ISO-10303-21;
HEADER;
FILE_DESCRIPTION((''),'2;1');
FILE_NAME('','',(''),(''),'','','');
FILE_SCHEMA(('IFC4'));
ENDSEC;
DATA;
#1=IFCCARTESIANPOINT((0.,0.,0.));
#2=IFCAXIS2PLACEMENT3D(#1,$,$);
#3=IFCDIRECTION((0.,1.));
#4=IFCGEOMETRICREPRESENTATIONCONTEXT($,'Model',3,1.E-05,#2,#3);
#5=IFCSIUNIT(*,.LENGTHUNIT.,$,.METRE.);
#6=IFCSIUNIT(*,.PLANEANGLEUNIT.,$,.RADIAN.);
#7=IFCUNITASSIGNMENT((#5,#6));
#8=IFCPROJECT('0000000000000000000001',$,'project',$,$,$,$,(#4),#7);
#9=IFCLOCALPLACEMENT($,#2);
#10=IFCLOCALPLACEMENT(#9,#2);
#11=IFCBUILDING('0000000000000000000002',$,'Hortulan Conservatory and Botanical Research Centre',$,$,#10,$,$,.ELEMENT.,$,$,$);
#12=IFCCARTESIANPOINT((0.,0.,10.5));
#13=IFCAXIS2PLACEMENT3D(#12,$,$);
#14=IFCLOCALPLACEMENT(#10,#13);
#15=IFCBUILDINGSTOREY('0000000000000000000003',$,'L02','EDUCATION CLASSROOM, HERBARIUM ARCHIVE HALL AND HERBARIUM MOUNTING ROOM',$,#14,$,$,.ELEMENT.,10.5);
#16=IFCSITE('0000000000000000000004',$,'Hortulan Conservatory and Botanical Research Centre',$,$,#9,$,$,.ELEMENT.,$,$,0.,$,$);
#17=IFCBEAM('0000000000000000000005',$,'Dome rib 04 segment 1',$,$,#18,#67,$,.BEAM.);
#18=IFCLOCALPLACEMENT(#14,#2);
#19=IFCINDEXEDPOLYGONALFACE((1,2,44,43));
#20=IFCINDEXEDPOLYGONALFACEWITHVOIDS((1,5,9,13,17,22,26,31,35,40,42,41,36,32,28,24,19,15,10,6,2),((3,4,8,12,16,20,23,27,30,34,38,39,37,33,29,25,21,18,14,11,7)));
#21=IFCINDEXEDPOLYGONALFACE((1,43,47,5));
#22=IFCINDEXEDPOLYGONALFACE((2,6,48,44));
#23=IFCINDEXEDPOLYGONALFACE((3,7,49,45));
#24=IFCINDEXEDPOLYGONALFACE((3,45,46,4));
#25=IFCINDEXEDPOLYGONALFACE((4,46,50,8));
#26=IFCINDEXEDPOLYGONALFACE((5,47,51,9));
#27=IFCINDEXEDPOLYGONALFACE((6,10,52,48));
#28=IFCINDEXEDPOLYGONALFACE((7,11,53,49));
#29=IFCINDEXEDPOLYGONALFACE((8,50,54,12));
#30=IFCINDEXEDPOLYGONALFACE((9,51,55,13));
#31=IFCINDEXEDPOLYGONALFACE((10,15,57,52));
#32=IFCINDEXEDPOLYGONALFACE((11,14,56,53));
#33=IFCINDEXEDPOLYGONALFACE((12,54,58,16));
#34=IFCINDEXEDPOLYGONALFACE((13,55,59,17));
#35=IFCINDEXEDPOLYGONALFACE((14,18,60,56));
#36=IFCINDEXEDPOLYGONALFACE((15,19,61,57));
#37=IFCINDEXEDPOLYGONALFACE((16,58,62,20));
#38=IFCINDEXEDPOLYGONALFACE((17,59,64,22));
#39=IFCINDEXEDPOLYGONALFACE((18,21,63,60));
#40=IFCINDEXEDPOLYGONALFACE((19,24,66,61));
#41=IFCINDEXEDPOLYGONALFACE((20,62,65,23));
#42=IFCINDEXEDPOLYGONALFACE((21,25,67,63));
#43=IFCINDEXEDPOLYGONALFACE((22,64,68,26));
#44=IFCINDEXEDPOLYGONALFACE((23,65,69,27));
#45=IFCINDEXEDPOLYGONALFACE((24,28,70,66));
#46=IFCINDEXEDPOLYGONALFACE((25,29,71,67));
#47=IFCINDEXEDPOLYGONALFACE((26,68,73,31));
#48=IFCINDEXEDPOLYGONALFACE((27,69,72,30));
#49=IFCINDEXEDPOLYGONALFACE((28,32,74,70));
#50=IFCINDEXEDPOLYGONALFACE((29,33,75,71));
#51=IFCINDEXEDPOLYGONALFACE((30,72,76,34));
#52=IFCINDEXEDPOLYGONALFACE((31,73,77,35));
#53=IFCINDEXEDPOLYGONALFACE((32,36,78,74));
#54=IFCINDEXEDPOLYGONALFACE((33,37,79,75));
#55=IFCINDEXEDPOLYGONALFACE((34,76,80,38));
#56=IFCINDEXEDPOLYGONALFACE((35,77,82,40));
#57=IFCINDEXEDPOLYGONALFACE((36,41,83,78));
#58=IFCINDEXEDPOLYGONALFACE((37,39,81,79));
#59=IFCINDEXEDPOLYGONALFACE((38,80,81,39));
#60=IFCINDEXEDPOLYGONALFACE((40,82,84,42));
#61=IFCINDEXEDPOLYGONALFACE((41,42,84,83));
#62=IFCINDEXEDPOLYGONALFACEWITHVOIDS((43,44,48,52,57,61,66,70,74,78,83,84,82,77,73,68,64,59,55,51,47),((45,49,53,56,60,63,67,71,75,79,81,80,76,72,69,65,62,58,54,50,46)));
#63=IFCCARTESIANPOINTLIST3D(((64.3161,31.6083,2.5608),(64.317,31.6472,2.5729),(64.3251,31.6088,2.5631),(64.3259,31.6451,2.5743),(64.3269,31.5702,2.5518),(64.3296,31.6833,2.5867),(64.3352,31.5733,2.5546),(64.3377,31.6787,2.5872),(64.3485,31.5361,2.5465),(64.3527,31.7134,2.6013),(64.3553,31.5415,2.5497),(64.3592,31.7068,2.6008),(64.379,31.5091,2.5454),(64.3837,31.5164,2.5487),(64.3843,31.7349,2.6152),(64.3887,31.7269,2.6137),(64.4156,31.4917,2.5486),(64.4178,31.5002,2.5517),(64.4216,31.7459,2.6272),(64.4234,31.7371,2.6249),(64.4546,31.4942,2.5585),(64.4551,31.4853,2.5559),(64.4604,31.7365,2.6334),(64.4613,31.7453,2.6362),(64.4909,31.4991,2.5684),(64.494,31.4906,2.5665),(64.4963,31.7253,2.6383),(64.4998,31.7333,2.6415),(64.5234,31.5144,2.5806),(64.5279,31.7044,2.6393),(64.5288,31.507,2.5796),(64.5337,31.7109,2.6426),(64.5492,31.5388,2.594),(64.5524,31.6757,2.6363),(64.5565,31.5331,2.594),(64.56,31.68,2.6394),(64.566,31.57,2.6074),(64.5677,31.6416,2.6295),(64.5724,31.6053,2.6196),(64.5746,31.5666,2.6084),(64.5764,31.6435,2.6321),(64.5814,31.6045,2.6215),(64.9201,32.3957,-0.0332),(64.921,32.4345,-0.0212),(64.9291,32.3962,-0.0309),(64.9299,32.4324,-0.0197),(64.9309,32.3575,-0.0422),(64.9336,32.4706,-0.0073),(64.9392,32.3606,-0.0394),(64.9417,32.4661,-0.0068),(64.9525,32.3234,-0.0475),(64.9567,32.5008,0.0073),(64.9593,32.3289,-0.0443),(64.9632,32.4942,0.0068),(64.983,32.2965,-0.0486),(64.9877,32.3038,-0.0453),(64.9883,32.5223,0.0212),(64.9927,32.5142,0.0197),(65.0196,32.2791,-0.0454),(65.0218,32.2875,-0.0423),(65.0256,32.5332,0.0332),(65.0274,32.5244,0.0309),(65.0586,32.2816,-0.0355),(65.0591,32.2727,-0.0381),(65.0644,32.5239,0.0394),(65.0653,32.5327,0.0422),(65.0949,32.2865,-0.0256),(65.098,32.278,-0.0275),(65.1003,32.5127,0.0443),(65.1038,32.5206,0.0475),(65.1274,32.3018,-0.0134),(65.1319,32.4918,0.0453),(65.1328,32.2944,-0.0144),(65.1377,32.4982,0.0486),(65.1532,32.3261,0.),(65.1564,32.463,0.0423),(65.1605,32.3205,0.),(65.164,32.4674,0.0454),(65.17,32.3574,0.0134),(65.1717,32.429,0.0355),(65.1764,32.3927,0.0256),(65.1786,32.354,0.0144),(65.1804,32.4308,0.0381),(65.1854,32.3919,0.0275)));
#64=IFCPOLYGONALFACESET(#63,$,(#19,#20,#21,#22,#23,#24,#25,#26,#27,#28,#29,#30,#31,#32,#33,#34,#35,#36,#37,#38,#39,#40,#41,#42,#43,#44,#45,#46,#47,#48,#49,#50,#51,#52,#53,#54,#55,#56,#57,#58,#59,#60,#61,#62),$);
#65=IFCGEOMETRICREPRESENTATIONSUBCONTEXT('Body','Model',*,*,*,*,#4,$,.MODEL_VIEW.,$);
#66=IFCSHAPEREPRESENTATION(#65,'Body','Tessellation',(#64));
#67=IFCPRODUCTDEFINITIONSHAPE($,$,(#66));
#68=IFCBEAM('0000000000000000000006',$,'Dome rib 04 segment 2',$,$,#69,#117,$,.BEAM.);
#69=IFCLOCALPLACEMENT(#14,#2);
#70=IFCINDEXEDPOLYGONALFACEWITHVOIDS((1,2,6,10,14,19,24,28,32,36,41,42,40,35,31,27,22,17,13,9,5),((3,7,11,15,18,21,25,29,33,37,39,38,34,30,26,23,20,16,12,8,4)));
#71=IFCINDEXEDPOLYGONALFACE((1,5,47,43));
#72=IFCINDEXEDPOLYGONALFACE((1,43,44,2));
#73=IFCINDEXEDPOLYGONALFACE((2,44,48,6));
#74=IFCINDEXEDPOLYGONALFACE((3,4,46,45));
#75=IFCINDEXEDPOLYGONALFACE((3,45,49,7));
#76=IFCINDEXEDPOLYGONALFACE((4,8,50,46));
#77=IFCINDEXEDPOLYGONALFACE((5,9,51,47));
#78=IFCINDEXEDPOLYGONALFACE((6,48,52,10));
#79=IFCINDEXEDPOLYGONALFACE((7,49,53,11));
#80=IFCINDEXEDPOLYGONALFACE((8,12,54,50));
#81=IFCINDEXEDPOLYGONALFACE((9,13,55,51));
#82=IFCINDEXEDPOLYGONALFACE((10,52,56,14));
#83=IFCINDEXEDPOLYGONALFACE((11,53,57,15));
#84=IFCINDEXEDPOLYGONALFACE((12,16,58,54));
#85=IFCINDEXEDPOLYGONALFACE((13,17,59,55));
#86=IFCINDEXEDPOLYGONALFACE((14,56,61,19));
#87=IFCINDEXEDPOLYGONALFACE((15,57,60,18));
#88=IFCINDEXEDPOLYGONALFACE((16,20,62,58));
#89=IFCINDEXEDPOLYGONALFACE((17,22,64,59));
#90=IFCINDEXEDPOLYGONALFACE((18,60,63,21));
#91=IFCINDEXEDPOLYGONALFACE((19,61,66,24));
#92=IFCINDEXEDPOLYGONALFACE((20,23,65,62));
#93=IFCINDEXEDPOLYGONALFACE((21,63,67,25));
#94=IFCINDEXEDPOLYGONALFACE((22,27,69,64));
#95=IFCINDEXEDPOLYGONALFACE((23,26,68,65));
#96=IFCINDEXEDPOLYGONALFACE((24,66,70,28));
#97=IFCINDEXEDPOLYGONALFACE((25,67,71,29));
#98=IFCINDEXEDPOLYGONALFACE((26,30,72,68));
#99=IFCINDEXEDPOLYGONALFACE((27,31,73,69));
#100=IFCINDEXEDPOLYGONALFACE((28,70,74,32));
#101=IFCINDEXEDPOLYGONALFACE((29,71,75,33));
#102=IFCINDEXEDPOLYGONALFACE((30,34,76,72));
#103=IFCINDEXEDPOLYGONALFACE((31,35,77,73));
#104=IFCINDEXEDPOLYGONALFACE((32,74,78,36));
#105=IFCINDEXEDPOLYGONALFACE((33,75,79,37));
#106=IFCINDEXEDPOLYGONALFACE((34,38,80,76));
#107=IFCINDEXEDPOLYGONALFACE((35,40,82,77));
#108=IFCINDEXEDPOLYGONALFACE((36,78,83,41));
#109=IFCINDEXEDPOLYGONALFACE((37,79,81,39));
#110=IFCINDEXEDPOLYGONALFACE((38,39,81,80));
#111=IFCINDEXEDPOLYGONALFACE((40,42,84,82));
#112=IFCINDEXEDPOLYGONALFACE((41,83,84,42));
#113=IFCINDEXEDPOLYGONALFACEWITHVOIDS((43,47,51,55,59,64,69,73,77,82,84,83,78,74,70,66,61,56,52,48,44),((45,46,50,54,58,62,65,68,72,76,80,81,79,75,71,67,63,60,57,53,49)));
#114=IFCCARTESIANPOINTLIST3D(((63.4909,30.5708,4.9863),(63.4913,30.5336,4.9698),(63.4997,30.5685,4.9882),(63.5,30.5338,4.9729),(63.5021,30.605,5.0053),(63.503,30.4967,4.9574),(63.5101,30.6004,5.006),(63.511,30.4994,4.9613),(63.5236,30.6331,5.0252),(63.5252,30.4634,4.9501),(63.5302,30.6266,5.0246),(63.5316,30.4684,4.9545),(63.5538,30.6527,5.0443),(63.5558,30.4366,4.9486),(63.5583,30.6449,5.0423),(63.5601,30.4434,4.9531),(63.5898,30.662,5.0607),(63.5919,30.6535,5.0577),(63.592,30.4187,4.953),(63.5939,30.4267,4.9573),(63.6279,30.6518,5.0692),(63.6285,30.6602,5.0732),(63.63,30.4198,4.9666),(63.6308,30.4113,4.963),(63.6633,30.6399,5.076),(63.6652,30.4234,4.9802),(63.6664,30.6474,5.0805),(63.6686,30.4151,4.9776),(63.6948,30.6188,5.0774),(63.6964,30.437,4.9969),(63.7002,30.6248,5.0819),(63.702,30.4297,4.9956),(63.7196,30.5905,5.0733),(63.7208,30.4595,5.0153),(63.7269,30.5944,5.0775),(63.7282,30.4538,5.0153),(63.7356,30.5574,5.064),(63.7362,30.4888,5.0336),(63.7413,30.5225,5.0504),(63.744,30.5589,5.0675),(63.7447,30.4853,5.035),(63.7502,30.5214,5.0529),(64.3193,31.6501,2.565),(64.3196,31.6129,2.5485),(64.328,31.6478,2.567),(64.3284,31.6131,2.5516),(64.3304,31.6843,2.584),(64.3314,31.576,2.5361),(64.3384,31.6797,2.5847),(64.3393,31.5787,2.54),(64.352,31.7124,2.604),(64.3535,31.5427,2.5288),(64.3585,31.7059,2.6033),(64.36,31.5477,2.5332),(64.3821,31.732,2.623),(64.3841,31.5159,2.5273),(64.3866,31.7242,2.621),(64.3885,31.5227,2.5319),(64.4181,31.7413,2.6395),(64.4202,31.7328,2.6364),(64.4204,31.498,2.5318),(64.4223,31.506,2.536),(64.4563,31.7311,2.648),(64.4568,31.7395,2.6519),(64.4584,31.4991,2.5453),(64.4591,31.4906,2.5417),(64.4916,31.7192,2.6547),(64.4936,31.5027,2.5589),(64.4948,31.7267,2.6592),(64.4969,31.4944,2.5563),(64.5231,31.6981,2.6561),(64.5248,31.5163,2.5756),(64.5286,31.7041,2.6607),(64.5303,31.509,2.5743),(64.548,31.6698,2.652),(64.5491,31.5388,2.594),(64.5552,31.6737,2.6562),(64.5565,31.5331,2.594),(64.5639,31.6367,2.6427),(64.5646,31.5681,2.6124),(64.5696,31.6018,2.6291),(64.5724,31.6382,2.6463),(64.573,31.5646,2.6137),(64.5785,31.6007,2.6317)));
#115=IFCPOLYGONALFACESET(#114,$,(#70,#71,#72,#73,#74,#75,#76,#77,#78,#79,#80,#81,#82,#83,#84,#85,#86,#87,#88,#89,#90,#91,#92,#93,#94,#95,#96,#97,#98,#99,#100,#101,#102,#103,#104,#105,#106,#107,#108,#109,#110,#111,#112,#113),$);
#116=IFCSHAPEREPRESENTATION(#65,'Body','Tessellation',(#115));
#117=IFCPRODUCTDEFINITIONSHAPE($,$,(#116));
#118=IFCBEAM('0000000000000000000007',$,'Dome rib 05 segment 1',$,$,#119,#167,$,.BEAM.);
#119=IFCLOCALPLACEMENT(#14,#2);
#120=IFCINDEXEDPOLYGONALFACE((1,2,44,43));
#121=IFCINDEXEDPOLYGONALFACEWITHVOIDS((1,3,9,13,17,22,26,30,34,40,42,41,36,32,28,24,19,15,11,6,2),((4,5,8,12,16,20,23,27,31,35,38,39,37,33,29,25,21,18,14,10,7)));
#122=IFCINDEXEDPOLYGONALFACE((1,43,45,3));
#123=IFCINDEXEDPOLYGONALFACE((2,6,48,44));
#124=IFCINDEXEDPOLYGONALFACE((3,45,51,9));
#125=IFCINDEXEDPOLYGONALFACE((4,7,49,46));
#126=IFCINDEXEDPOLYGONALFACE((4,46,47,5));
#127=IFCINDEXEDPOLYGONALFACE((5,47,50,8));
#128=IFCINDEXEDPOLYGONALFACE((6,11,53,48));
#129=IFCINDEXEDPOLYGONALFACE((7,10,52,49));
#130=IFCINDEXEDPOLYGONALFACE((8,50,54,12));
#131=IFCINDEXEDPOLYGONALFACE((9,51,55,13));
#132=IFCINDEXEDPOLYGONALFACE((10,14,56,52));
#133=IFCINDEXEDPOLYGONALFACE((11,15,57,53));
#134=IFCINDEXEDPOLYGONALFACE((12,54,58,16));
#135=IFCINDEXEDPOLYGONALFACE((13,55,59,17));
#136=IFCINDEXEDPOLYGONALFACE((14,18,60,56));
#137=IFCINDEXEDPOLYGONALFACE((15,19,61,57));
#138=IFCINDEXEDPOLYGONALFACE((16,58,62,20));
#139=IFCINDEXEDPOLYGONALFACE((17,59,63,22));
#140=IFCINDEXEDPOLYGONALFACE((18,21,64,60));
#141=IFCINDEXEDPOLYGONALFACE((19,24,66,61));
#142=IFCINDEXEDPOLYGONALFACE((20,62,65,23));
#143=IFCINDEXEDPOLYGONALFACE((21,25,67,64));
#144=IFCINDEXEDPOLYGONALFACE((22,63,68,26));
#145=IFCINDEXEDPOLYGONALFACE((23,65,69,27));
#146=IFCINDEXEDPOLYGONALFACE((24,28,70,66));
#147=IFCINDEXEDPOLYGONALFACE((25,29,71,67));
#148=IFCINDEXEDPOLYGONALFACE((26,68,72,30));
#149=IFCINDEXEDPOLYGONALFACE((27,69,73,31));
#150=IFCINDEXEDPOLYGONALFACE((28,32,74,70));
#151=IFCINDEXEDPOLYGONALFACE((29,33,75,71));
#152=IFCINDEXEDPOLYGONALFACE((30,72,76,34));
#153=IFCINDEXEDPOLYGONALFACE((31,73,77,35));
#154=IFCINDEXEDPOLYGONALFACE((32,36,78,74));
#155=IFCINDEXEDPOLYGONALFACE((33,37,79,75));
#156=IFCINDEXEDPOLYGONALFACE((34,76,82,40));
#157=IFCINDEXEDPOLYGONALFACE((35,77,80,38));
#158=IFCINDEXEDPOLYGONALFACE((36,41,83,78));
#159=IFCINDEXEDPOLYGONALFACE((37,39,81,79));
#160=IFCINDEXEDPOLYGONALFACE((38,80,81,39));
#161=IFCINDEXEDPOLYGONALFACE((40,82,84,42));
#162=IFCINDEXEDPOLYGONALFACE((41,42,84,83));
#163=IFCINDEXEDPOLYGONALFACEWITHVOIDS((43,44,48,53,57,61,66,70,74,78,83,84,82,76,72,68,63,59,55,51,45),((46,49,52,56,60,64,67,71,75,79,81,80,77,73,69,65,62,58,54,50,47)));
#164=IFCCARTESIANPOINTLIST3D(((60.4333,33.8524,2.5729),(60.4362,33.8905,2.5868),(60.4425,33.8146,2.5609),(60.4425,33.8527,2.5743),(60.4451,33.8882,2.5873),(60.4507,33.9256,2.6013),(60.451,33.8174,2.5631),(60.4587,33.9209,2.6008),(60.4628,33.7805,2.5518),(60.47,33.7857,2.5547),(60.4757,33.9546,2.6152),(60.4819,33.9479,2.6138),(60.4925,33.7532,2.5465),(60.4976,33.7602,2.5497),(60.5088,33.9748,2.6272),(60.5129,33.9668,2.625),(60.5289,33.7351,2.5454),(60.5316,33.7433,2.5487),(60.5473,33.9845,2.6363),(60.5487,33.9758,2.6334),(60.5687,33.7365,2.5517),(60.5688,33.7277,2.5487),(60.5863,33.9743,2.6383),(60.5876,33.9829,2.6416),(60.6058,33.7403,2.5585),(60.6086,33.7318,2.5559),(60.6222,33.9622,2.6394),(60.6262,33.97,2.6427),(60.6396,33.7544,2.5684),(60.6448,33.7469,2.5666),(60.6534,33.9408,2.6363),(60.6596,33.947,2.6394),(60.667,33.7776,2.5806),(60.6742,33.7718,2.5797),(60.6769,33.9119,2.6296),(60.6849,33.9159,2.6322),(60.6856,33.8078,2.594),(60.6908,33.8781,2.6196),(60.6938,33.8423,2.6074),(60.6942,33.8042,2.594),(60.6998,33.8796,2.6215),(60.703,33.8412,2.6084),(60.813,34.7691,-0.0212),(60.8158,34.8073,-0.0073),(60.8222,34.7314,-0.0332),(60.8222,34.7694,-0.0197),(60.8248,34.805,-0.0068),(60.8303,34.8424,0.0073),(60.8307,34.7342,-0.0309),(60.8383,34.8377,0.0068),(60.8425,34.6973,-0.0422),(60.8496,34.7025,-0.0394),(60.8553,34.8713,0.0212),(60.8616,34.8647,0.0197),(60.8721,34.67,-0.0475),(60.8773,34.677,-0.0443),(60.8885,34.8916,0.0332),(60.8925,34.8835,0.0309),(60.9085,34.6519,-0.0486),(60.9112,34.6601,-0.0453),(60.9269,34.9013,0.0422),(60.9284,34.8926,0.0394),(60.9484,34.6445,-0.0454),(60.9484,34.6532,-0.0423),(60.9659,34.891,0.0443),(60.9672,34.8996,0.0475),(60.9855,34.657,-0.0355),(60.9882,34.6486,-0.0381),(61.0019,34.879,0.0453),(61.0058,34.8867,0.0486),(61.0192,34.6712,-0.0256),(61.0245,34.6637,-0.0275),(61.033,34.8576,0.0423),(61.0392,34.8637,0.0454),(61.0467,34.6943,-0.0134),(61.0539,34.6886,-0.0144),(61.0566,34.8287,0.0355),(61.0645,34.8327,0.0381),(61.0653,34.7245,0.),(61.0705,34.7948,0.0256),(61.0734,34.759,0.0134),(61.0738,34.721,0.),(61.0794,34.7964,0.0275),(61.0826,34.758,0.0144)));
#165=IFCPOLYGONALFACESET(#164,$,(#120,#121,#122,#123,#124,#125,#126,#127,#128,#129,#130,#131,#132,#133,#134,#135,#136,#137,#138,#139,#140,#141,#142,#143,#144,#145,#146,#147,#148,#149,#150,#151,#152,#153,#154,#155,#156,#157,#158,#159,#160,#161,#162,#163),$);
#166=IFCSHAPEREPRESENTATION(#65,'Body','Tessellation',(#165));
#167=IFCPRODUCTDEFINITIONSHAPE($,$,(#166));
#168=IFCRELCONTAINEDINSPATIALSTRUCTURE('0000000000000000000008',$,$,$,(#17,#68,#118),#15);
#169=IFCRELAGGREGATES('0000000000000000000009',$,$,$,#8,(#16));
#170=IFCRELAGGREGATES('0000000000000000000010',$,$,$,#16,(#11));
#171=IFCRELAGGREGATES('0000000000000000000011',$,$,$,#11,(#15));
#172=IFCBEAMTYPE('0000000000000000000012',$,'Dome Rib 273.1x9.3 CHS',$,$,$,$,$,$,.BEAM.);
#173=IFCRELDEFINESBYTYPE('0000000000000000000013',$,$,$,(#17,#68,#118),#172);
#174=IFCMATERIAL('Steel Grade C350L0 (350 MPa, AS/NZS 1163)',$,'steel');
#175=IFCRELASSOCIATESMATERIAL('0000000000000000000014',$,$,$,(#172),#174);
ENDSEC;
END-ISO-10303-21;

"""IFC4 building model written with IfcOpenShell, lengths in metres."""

from ifc_helpers import new_model, si_unit, direction, frame, origin, origin_2d, place, context, subcontext, project, spatial, hollow_circle, extrude, material, material_profile, profile_set, type_object, element, save


model = new_model("IFC4")

# Units and contexts
model_context = context("Model", 3, precision=1e-05, world=origin(), true_north=direction((0.0, 1.0)))
body_context = subcontext(model_context, "Body", "Model", "MODEL_VIEW")
ifc_project = project(units=[si_unit("LENGTHUNIT", "METRE"), si_unit("PLANEANGLEUNIT", "RADIAN")], contexts=[model_context])

# Site, building, storey
site_placement = place(None, origin())
site = spatial("IfcSite", under=ifc_project, at=site_placement, Name="Hortulan Conservatory and Botanical Research Centre", CompositionType="ELEMENT", RefElevation=0.0)
building_placement = place(site_placement, origin())
building = spatial("IfcBuilding", under=site, at=building_placement, Name="Hortulan Conservatory and Botanical Research Centre", CompositionType="ELEMENT")
storey_placement = place(building_placement, frame((0.0, 0.0, 10.5)))
storey = spatial("IfcBuildingStorey", under=building, at=storey_placement, Name="L02", Description="EDUCATION CLASSROOM, HERBARIUM ARCHIVE HALL AND HERBARIUM MOUNTING ROOM", CompositionType="ELEMENT", Elevation=10.5)

# Beams
ifc_material_1 = material(Name="Steel Grade C350L0 (350 MPa, AS/NZS 1163)", Category="steel")
ifc_material_profile_1 = material_profile(ifc_material_1, hollow_circle(Radius=0.1365, WallThickness=0.0093, at=origin_2d()), Name="273.1x9.3CHS")
ifc_profile_set_1 = profile_set([ifc_material_profile_1], Name="Steel Grade C350L0 (350 MPa, AS/NZS 1163)")
beam_type_1 = type_object("IfcBeamType", Name="Dome Rib 273.1x9.3 CHS", PredefinedType="BEAM", material=ifc_profile_set_1)
for number, where, z_axis, x_axis, name in (
    (1, (65.0522, 32.4036, 0.0), (-0.217477, -0.283493, 0.933989), (0.793428, -0.608664, 0.0), "Dome rib 04 segment 1"),
    (2, (64.4482, 31.6162, 2.594), (-0.298247, -0.388609, 0.871798), (0.793297, -0.608835, 0.0), "Dome rib 04 segment 2"),
    (3, (60.9478, 34.7732, 0.0), (-0.136694, -0.330087, 0.934001), (0.923912, -0.382605, 0.0), "Dome rib 05 segment 1"),
):
    element("IfcBeam", number, at=place(storey_placement, frame(where, z_axis=z_axis, x_axis=x_axis)), inside=storey, type_object=beam_type_1, Name=name, PredefinedType="BEAM", context=body_context, shape_type="SweptSolid", body=[
        extrude(hollow_circle(Radius=0.1365, WallThickness=0.0093, at=origin_2d()), origin(), (0.0, 0.0, 1.0), 2.7773),
    ])

save(model, "model.ifc")
